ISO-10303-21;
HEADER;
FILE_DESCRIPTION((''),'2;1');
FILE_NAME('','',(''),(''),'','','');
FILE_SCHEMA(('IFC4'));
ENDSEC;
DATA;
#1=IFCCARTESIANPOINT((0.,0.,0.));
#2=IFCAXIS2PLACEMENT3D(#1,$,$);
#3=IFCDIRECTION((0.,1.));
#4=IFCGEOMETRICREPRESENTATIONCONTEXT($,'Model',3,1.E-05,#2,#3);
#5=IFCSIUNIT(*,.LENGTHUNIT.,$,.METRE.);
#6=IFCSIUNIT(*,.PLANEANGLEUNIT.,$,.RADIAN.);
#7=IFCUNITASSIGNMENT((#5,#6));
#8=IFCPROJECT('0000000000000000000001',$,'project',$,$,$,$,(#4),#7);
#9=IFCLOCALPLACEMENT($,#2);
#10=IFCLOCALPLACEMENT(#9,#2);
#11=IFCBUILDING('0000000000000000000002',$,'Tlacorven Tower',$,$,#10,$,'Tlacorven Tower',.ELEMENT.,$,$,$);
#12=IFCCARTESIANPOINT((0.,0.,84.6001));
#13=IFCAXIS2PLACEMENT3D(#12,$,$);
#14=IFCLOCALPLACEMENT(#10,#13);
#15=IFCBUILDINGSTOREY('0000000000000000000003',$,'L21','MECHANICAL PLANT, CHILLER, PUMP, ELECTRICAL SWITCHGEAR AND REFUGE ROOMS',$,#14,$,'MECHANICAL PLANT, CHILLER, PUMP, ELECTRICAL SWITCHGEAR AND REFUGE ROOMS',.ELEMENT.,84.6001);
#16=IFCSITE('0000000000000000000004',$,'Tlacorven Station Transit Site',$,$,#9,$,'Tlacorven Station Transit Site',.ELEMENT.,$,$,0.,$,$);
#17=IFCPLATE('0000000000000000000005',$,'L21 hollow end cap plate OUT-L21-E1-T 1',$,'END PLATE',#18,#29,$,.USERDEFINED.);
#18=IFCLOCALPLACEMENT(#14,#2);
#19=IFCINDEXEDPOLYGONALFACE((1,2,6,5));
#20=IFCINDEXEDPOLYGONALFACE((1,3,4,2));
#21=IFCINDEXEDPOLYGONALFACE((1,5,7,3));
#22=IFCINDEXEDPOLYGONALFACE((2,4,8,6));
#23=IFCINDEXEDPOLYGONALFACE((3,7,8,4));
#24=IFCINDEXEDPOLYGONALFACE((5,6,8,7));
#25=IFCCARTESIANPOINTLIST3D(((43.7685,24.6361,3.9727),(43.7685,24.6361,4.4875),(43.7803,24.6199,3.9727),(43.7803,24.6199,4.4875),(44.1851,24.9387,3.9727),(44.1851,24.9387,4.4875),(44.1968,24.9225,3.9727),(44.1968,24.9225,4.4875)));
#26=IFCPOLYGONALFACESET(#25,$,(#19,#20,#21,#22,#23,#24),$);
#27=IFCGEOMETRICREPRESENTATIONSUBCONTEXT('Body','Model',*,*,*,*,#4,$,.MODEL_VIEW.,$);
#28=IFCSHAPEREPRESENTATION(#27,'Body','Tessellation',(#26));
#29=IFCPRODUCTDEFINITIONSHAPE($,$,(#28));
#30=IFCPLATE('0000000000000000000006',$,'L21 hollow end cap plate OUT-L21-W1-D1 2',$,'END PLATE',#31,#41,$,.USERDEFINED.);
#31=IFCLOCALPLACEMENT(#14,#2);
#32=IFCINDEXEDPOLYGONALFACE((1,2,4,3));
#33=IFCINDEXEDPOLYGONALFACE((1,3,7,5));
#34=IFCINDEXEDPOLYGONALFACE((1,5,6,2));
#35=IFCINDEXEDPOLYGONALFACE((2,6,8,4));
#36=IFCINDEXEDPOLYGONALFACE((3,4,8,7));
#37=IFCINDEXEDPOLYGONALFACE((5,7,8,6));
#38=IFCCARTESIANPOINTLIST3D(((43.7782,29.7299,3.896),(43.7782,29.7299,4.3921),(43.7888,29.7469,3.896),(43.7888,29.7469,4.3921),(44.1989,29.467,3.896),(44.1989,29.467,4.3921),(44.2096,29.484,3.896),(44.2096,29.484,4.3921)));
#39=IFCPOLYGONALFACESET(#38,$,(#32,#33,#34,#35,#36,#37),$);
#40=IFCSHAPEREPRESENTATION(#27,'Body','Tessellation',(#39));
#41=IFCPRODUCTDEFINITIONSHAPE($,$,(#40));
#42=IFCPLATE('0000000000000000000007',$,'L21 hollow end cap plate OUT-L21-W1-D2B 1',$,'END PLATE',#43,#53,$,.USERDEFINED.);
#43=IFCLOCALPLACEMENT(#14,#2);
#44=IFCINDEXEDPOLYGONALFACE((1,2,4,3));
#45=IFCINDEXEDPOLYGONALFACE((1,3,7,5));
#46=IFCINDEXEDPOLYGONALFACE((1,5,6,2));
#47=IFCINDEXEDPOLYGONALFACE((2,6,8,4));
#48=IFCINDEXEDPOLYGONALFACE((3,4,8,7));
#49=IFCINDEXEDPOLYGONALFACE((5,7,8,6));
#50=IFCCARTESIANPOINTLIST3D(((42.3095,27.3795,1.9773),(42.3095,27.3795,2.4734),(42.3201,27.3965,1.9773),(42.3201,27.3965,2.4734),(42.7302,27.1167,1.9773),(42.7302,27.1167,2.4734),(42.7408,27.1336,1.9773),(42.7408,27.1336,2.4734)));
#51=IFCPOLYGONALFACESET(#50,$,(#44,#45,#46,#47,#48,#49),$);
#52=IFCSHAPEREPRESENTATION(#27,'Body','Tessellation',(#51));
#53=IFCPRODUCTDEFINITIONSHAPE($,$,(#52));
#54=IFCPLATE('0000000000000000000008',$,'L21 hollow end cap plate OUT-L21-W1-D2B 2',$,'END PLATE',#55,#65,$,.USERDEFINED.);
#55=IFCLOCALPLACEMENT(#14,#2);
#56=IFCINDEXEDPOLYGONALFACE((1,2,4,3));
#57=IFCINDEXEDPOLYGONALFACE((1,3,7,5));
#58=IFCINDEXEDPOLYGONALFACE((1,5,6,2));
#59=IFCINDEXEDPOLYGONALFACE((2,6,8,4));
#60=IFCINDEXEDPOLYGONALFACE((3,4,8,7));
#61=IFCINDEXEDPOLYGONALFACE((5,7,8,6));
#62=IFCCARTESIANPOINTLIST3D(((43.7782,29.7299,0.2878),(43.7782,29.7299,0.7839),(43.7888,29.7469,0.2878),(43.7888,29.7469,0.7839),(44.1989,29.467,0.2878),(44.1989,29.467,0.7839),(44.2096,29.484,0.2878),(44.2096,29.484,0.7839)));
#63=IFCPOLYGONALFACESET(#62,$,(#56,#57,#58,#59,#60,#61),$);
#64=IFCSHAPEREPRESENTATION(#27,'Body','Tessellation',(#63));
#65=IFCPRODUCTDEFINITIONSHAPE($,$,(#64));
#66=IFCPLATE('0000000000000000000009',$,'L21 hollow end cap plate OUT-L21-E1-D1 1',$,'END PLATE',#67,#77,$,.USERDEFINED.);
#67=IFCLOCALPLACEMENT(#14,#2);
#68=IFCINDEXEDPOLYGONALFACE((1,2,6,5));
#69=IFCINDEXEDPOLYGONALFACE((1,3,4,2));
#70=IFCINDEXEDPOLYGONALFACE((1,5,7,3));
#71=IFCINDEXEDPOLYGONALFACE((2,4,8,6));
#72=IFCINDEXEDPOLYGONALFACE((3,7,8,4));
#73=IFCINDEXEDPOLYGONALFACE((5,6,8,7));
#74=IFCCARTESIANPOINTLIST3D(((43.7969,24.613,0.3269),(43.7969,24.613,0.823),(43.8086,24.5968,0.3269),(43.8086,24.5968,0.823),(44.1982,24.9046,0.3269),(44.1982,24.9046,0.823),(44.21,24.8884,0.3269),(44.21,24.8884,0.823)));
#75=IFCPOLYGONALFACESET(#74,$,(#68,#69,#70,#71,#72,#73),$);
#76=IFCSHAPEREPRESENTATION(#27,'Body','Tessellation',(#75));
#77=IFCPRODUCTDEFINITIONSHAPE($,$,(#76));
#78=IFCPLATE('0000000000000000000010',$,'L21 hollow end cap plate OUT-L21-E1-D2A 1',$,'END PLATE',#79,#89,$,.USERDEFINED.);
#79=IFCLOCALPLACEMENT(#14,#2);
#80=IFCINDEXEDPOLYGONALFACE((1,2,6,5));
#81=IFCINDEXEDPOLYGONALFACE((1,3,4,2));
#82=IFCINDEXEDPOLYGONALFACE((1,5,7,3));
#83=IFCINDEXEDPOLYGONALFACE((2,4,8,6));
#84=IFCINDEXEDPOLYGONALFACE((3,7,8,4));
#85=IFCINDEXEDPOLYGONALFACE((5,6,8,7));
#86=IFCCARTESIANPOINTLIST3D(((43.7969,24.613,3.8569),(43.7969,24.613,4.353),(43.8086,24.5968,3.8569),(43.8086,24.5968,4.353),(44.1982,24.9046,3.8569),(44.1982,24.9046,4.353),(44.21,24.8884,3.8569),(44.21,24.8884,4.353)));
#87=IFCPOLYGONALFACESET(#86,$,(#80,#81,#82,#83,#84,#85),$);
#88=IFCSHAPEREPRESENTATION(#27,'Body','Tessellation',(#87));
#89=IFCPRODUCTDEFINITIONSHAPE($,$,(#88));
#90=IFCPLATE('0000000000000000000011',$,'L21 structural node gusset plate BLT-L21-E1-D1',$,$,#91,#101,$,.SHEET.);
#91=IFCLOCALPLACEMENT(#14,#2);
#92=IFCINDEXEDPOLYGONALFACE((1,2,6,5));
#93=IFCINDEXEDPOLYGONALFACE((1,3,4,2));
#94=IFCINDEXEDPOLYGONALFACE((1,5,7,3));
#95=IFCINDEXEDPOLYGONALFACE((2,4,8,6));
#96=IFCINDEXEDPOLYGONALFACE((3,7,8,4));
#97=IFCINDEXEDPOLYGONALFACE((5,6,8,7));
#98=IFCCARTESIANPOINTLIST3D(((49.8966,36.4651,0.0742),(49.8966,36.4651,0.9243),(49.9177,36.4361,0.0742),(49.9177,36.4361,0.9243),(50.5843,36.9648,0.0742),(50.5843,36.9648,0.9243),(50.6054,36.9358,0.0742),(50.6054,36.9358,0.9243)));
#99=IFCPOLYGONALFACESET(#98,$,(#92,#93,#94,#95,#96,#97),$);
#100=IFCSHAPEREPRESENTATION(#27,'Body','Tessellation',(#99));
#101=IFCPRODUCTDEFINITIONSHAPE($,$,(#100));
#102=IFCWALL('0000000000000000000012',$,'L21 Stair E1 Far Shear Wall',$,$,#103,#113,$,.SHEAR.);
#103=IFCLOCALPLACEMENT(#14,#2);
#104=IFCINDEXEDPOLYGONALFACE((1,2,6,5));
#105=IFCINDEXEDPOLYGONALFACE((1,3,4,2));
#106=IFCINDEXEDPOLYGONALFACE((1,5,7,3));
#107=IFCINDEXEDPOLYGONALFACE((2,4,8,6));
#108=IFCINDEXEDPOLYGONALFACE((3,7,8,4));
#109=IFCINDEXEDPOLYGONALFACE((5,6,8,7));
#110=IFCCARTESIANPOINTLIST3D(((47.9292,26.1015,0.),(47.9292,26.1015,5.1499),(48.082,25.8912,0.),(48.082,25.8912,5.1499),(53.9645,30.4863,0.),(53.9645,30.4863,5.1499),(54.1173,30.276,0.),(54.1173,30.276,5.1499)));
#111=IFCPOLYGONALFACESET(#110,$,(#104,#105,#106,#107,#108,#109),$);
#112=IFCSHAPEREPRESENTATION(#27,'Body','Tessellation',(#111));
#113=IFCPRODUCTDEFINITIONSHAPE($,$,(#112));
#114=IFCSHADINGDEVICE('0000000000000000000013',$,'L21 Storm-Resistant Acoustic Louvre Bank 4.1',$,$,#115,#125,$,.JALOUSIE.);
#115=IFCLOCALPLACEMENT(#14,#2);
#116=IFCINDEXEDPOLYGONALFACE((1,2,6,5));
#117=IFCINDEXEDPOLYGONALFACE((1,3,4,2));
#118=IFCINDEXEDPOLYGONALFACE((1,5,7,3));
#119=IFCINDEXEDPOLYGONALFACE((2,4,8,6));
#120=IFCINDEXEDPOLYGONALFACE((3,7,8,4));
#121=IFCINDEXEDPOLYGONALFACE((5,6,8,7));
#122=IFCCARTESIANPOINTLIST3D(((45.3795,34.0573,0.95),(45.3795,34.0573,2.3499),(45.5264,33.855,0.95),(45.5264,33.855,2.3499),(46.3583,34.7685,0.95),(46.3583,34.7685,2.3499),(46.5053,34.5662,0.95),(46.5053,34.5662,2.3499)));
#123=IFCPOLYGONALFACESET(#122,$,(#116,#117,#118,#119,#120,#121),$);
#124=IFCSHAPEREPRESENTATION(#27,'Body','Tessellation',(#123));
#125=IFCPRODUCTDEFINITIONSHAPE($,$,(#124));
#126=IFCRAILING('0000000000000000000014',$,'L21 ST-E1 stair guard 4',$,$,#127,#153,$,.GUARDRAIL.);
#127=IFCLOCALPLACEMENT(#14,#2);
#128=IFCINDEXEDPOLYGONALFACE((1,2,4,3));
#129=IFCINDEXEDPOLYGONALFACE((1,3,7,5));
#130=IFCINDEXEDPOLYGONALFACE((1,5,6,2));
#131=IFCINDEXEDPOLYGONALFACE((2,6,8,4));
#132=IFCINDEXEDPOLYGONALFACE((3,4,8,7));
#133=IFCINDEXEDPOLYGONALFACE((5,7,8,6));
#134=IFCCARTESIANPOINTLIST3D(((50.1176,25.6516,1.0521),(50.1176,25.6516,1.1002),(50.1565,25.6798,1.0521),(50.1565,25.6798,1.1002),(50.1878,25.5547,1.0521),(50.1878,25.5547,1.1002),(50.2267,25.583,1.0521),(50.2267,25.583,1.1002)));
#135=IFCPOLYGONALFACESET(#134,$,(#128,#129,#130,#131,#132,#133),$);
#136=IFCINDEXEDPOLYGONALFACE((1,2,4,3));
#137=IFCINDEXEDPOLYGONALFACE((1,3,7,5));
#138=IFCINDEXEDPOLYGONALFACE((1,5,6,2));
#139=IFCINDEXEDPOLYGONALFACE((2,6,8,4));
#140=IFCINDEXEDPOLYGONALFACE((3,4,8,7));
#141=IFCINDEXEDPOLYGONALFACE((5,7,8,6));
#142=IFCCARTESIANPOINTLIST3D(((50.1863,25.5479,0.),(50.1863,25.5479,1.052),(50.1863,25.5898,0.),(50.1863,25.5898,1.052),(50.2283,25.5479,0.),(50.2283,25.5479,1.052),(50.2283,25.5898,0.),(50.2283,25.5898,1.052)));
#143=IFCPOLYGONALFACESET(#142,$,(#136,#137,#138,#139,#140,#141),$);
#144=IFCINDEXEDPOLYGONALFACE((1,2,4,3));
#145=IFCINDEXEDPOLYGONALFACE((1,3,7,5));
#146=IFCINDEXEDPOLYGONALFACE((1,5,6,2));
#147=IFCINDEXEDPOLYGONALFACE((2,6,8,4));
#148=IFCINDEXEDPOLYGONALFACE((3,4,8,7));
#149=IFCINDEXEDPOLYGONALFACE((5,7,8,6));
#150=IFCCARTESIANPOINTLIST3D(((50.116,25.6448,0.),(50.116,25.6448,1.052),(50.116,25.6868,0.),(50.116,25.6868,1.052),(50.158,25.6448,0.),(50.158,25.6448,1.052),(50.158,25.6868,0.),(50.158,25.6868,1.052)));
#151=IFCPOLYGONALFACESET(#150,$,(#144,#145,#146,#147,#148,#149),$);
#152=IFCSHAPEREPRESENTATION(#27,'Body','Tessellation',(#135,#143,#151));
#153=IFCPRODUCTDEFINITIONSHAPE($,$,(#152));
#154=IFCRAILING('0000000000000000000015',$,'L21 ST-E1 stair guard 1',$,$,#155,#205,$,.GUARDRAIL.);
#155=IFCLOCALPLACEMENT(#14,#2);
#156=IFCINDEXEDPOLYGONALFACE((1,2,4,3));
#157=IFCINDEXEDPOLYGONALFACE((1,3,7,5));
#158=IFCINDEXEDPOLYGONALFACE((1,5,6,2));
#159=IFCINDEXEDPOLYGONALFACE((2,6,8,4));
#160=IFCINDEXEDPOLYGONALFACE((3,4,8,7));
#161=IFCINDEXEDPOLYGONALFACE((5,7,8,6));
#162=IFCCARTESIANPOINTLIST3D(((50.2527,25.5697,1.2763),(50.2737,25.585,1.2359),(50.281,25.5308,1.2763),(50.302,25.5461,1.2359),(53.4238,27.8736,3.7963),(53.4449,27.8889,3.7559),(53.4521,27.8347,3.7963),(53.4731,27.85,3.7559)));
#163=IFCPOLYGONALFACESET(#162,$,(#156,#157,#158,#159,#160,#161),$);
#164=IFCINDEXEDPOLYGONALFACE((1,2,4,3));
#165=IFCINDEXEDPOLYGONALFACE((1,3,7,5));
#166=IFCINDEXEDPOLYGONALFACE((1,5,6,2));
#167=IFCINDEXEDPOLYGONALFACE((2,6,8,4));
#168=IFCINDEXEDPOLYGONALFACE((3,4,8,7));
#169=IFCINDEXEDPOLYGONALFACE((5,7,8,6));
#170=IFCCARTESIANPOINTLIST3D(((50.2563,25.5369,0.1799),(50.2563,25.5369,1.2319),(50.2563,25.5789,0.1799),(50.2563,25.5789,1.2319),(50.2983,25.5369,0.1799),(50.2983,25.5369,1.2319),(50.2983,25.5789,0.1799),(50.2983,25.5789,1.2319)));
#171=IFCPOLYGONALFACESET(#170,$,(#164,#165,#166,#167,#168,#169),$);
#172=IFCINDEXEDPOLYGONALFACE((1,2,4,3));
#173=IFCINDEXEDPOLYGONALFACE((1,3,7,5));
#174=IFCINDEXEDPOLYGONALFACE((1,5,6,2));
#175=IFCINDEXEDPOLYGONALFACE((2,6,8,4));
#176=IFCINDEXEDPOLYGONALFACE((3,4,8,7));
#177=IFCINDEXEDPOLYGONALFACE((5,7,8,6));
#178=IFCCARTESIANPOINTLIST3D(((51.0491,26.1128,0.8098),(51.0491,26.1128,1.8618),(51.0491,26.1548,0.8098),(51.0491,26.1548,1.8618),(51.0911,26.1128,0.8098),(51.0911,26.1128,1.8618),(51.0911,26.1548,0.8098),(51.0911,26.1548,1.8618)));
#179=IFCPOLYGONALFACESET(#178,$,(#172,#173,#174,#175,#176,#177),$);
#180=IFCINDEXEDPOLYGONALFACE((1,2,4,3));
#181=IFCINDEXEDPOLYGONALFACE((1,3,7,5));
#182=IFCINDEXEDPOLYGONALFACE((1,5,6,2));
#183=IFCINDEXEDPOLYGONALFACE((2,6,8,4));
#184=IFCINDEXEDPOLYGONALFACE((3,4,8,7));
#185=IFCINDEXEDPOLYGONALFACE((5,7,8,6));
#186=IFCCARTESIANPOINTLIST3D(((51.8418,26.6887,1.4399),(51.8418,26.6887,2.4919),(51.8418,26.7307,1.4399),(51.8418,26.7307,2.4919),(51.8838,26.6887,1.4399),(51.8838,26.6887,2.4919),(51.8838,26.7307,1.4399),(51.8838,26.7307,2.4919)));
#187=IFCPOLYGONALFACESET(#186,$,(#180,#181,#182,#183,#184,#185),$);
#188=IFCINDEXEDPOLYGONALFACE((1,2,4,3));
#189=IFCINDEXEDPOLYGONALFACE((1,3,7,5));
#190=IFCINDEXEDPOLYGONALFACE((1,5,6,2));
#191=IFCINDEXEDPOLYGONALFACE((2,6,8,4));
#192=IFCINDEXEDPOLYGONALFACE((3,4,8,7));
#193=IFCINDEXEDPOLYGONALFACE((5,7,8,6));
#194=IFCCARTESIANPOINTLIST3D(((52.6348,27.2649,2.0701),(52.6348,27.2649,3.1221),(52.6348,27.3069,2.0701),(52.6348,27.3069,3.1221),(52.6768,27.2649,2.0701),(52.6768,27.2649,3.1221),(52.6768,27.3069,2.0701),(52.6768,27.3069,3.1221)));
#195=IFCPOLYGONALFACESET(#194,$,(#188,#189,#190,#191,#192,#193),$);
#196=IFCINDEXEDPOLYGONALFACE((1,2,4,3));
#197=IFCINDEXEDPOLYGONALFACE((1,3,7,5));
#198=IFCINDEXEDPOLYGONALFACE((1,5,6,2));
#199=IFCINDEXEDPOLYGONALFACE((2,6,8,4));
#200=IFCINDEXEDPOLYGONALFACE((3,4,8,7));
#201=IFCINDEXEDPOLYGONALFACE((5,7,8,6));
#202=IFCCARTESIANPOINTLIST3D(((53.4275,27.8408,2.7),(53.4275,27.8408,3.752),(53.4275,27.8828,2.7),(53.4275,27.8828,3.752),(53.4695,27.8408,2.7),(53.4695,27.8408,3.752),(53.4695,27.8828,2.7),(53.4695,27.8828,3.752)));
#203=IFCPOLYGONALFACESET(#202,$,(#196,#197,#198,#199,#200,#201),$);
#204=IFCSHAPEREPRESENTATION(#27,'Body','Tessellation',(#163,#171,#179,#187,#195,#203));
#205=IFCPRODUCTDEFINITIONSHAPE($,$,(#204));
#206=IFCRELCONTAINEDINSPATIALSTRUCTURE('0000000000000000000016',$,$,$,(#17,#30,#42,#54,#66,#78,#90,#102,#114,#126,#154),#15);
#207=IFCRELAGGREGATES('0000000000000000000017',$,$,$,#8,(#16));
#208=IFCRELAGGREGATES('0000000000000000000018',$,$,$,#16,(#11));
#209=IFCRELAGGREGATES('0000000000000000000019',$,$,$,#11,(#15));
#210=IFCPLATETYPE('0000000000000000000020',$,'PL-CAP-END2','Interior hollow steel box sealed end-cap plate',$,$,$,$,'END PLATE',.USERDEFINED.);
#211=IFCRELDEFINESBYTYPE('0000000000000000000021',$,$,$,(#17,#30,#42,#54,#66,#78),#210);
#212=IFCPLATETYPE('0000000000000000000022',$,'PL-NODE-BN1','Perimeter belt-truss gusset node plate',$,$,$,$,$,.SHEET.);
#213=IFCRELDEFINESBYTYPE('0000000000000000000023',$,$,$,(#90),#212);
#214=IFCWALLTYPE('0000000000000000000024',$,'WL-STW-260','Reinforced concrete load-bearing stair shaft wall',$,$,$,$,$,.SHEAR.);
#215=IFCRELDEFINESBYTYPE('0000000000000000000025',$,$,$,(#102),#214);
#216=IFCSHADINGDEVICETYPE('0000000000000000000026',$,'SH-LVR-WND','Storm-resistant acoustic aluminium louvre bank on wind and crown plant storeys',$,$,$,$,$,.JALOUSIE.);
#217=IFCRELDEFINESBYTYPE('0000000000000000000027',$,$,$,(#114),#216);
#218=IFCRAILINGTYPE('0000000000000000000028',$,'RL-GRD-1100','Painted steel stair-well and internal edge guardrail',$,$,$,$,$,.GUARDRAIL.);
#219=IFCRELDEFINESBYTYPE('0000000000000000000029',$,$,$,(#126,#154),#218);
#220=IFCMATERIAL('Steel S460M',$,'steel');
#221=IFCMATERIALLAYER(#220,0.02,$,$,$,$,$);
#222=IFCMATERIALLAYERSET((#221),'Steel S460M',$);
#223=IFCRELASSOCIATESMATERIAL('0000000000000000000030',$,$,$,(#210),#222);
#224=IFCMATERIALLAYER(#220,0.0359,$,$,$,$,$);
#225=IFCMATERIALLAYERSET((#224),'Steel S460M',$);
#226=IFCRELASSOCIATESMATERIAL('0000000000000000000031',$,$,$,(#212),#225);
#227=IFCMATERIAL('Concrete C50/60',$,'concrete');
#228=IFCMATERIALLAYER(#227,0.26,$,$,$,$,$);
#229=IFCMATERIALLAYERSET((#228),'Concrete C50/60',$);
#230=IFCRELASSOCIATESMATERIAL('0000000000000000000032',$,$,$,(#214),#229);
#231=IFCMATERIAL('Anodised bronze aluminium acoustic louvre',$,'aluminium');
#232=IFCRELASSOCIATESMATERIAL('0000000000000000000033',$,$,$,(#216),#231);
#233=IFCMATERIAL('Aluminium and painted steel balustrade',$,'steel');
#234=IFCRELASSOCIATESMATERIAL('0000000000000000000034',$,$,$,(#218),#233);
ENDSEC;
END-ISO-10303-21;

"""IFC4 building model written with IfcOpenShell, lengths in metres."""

from ifc_helpers import new_model, si_unit, direction, frame, frame_2d, origin, origin_2d, place, context, subcontext, project, spatial, rectangle, extrude, source, transform, mapped, material, layer, layer_set, type_object, element, save


model = new_model("IFC4")

# Units and contexts
model_context = context("Model", 3, precision=1e-05, world=origin(), true_north=direction((0.0, 1.0)))
body_context = subcontext(model_context, "Body", "Model", "MODEL_VIEW")
ifc_project = project(units=[si_unit("LENGTHUNIT", "METRE"), si_unit("PLANEANGLEUNIT", "RADIAN")], contexts=[model_context])

# Site, building, storey
site_placement = place(None, origin())
site = spatial("IfcSite", under=ifc_project, at=site_placement, Name="Tlacorven Station Transit Site", LongName="Tlacorven Station Transit Site", CompositionType="ELEMENT", RefElevation=0.0)
building_placement = place(site_placement, origin())
building = spatial("IfcBuilding", under=site, at=building_placement, Name="Tlacorven Tower", LongName="Tlacorven Tower", CompositionType="ELEMENT")
storey_placement = place(building_placement, frame((0.0, 0.0, 84.6001)))
storey = spatial("IfcBuildingStorey", under=building, at=storey_placement, Name="L21", Description="MECHANICAL PLANT, CHILLER, PUMP, ELECTRICAL SWITCHGEAR AND REFUGE ROOMS", LongName="MECHANICAL PLANT, CHILLER, PUMP, ELECTRICAL SWITCHGEAR AND REFUGE ROOMS", CompositionType="ELEMENT", Elevation=84.6001)

# Shared definitions
ifc_material_1 = material(Name="Steel S460M", Category="steel")

# Plates
ifc_layer_1 = layer(ifc_material_1, 0.02)
ifc_layer_set_1 = layer_set([ifc_layer_1], Name="Steel S460M")
plate_type_1 = type_object("IfcPlateType", Name="PL-CAP-END2", Description="Interior hollow steel box sealed end-cap plate", ElementType="END PLATE", PredefinedType="USERDEFINED", material=ifc_layer_set_1)
shared_shape_1 = source(origin(), body_context, "Body", "SweptSolid", [
    extrude(rectangle(XDim=0.02, YDim=0.5149, at=origin_2d()), origin(), (0.0, 0.0, 1.0), 0.5149),
])
for number, where, z_axis, x_axis, name in (
    (1, (43.9827, 24.7793, 3.9727), (0.0, 0.0, 1.0), (-0.587785, 0.809017, 0.0), "L21 hollow end cap plate OUT-L21-E1-T 1"),
):
    element("IfcPlate", number, at=place(storey_placement, frame(where, z_axis=z_axis, x_axis=x_axis)), inside=storey, type_object=plate_type_1, Name=name, ObjectType="END PLATE", PredefinedType="USERDEFINED", context=body_context, shape_type="MappedRepresentation", body=[
        mapped(shared_shape_1, transform((0.0, 0.0, 0.0), scale=1.0)),
    ])
shared_shape_2 = source(origin(), body_context, "Body", "SweptSolid", [
    extrude(rectangle(XDim=0.02, YDim=0.4961, at=origin_2d()), origin(), (0.0, 0.0, 1.0), 0.4961),
])
for number, where, z_axis, x_axis, name in (
    (2, (43.9939, 29.6069, 3.896), (0.0, 0.0, 1.0), (0.529919, 0.848048, 0.0), "L21 hollow end cap plate OUT-L21-W1-D1 2"),
    (3, (42.5251, 27.2566, 1.9773), (0.0, 0.0, 1.0), (0.529918, 0.848049, 0.0), "L21 hollow end cap plate OUT-L21-W1-D2B 1"),
    (4, (43.9939, 29.6069, 0.2878), (0.0, 0.0, 1.0), (0.529918, 0.848049, 0.0), "L21 hollow end cap plate OUT-L21-W1-D2B 2"),
    (5, (44.0034, 24.7507, 0.3269), (0.0, 0.0, 1.0), (-0.587785, 0.809017, 0.0), "L21 hollow end cap plate OUT-L21-E1-D1 1"),
    (6, (44.0034, 24.7507, 3.8569), (0.0, 0.0, 1.0), (-0.587785, 0.809017, 0.0), "L21 hollow end cap plate OUT-L21-E1-D2A 1"),
):
    element("IfcPlate", number, at=place(storey_placement, frame(where, z_axis=z_axis, x_axis=x_axis)), inside=storey, type_object=plate_type_1, Name=name, ObjectType="END PLATE", PredefinedType="USERDEFINED", context=body_context, shape_type="MappedRepresentation", body=[
        mapped(shared_shape_2, transform((0.0, 0.0, 0.0), scale=1.0)),
    ])
ifc_layer_2 = layer(ifc_material_1, 0.0359)
ifc_layer_set_2 = layer_set([ifc_layer_2], Name="Steel S460M")
plate_type_2 = type_object("IfcPlateType", Name="PL-NODE-BN1", Description="Perimeter belt-truss gusset node plate", PredefinedType="SHEET", material=ifc_layer_set_2)
shared_shape_3 = source(origin(), body_context, "Body", "SweptSolid", [
    extrude(rectangle(XDim=0.8501, YDim=0.0359, at=origin_2d()), origin(), (0.0, 0.0, 1.0), 0.8501),
])
plate_placement = place(storey_placement, frame((50.251, 36.7004, 0.0742), z_axis=(0.0, 0.0, 1.0), x_axis=(0.809017, 0.587785, 0.0)))
element("IfcPlate", 7, at=plate_placement, inside=storey, type_object=plate_type_2, Name="L21 structural node gusset plate BLT-L21-E1-D1", PredefinedType="SHEET", context=body_context, shape_type="MappedRepresentation", body=[
    mapped(shared_shape_3, transform((0.0, 0.0, 0.0), scale=1.0)),
])

# Wall
ifc_material_2 = material(Name="Concrete C50/60", Category="concrete")
ifc_layer_3 = layer(ifc_material_2, 0.26)
ifc_layer_set_3 = layer_set([ifc_layer_3], Name="Concrete C50/60")
wall_type = type_object("IfcWallType", Name="WL-STW-260", Description="Reinforced concrete load-bearing stair shaft wall", PredefinedType="SHEAR", material=ifc_layer_set_3)
wall_placement = place(storey_placement, frame((48.0056, 25.9963, 0.0), z_axis=(0.0, 0.0, 1.0), x_axis=(0.809019, 0.587782, 0.0)))
element("IfcWall", 8, at=wall_placement, inside=storey, type_object=wall_type, Name="L21 Stair E1 Far Shear Wall", PredefinedType="SHEAR", context=body_context, shape_type="SweptSolid", body=[
    extrude(rectangle(XDim=7.46, YDim=0.26, at=frame_2d((3.73, 0.0))), origin(), (0.0, 0.0, 1.0), 5.1499),
])

# Shading device
ifc_material_3 = material(Name="Anodised bronze aluminium acoustic louvre", Category="aluminium")
shading_device_type = type_object("IfcShadingDeviceType", Name="SH-LVR-WND", Description="Storm-resistant acoustic aluminium louvre bank on wind and crown plant storeys", PredefinedType="JALOUSIE", material=ifc_material_3)
shared_shape_4 = source(origin(), body_context, "Body", "SweptSolid", [
    extrude(rectangle(XDim=1.21, YDim=0.25, at=origin_2d()), origin(), (0.0, 0.0, 1.0), 1.3999),
])
shading_device_placement = place(storey_placement, frame((45.9424, 34.3118, 0.95), z_axis=(0.0, 0.0, 1.0), x_axis=(0.809017, 0.587786, 0.0)))
element("IfcShadingDevice", 9, at=shading_device_placement, inside=storey, type_object=shading_device_type, Name="L21 Storm-Resistant Acoustic Louvre Bank 4.1", PredefinedType="JALOUSIE", context=body_context, shape_type="MappedRepresentation", body=[
    mapped(shared_shape_4, transform((0.0, 0.0, 0.0), scale=1.0)),
])

# Railings
ifc_material_4 = material(Name="Aluminium and painted steel balustrade", Category="steel")
railing_type = type_object("IfcRailingType", Name="RL-GRD-1100", Description="Painted steel stair-well and internal edge guardrail", PredefinedType="GUARDRAIL", material=ifc_material_4)
shared_shape_5 = source(origin(), body_context, "Body", "SweptSolid", [
    extrude(rectangle(XDim=0.0481, YDim=0.0481, at=origin_2d()), frame((0.0, 0.0, 1.0762), z_axis=(-0.587201, 0.809441, 0.0), x_axis=(-0.809441, -0.587201, 0.0)), (0.0, 0.0, 1.0), 0.1196),
    extrude(rectangle(XDim=0.042, YDim=0.042, at=origin_2d()), origin(), (0.0, 0.0, 1.0), 1.052),
    extrude(rectangle(XDim=0.042, YDim=0.042, at=origin_2d()), frame((-0.0703, 0.0969, 0.0)), (0.0, 0.0, 1.0), 1.052),
])
railing_1_placement = place(storey_placement, frame((50.2073, 25.5688, 0.0)))
element("IfcRailing", 10, at=railing_1_placement, inside=storey, type_object=railing_type, Name="L21 ST-E1 stair guard 4", PredefinedType="GUARDRAIL", context=body_context, shape_type="MappedRepresentation", body=[
    mapped(shared_shape_5, transform((0.0, 0.0, 0.0), scale=1.0)),
])
shared_shape_6 = source(origin(), body_context, "Body", "SweptSolid", [
    extrude(rectangle(XDim=0.0481, YDim=0.0481, at=origin_2d()), frame((0.0, 0.0, 1.0762), z_axis=(0.680514, 0.494419, 0.540786), x_axis=(-0.587783, 0.809019, 0.0)), (0.0, 0.0, 1.0), 4.6599),
    extrude(rectangle(XDim=0.042, YDim=0.042, at=origin_2d()), origin(), (0.0, 0.0, 1.0), 1.052),
    extrude(rectangle(XDim=0.042, YDim=0.042, at=origin_2d()), frame((0.7927, 0.5759, 0.6299)), (0.0, 0.0, 1.0), 1.052),
    extrude(rectangle(XDim=0.042, YDim=0.042, at=origin_2d()), frame((1.5854, 1.1519, 1.26)), (0.0, 0.0, 1.0), 1.052),
    extrude(rectangle(XDim=0.042, YDim=0.042, at=origin_2d()), frame((2.3784, 1.728, 1.8901)), (0.0, 0.0, 1.0), 1.052),
    extrude(rectangle(XDim=0.042, YDim=0.042, at=origin_2d()), frame((3.1711, 2.304, 2.52)), (0.0, 0.0, 1.0), 1.052),
])
railing_2_placement = place(storey_placement, frame((50.2773, 25.5579, 0.1799)))
element("IfcRailing", 11, at=railing_2_placement, inside=storey, type_object=railing_type, Name="L21 ST-E1 stair guard 1", PredefinedType="GUARDRAIL", context=body_context, shape_type="MappedRepresentation", body=[
    mapped(shared_shape_6, transform((0.0, 0.0, 0.0), scale=1.0)),
])

save(model, "model.ifc")
